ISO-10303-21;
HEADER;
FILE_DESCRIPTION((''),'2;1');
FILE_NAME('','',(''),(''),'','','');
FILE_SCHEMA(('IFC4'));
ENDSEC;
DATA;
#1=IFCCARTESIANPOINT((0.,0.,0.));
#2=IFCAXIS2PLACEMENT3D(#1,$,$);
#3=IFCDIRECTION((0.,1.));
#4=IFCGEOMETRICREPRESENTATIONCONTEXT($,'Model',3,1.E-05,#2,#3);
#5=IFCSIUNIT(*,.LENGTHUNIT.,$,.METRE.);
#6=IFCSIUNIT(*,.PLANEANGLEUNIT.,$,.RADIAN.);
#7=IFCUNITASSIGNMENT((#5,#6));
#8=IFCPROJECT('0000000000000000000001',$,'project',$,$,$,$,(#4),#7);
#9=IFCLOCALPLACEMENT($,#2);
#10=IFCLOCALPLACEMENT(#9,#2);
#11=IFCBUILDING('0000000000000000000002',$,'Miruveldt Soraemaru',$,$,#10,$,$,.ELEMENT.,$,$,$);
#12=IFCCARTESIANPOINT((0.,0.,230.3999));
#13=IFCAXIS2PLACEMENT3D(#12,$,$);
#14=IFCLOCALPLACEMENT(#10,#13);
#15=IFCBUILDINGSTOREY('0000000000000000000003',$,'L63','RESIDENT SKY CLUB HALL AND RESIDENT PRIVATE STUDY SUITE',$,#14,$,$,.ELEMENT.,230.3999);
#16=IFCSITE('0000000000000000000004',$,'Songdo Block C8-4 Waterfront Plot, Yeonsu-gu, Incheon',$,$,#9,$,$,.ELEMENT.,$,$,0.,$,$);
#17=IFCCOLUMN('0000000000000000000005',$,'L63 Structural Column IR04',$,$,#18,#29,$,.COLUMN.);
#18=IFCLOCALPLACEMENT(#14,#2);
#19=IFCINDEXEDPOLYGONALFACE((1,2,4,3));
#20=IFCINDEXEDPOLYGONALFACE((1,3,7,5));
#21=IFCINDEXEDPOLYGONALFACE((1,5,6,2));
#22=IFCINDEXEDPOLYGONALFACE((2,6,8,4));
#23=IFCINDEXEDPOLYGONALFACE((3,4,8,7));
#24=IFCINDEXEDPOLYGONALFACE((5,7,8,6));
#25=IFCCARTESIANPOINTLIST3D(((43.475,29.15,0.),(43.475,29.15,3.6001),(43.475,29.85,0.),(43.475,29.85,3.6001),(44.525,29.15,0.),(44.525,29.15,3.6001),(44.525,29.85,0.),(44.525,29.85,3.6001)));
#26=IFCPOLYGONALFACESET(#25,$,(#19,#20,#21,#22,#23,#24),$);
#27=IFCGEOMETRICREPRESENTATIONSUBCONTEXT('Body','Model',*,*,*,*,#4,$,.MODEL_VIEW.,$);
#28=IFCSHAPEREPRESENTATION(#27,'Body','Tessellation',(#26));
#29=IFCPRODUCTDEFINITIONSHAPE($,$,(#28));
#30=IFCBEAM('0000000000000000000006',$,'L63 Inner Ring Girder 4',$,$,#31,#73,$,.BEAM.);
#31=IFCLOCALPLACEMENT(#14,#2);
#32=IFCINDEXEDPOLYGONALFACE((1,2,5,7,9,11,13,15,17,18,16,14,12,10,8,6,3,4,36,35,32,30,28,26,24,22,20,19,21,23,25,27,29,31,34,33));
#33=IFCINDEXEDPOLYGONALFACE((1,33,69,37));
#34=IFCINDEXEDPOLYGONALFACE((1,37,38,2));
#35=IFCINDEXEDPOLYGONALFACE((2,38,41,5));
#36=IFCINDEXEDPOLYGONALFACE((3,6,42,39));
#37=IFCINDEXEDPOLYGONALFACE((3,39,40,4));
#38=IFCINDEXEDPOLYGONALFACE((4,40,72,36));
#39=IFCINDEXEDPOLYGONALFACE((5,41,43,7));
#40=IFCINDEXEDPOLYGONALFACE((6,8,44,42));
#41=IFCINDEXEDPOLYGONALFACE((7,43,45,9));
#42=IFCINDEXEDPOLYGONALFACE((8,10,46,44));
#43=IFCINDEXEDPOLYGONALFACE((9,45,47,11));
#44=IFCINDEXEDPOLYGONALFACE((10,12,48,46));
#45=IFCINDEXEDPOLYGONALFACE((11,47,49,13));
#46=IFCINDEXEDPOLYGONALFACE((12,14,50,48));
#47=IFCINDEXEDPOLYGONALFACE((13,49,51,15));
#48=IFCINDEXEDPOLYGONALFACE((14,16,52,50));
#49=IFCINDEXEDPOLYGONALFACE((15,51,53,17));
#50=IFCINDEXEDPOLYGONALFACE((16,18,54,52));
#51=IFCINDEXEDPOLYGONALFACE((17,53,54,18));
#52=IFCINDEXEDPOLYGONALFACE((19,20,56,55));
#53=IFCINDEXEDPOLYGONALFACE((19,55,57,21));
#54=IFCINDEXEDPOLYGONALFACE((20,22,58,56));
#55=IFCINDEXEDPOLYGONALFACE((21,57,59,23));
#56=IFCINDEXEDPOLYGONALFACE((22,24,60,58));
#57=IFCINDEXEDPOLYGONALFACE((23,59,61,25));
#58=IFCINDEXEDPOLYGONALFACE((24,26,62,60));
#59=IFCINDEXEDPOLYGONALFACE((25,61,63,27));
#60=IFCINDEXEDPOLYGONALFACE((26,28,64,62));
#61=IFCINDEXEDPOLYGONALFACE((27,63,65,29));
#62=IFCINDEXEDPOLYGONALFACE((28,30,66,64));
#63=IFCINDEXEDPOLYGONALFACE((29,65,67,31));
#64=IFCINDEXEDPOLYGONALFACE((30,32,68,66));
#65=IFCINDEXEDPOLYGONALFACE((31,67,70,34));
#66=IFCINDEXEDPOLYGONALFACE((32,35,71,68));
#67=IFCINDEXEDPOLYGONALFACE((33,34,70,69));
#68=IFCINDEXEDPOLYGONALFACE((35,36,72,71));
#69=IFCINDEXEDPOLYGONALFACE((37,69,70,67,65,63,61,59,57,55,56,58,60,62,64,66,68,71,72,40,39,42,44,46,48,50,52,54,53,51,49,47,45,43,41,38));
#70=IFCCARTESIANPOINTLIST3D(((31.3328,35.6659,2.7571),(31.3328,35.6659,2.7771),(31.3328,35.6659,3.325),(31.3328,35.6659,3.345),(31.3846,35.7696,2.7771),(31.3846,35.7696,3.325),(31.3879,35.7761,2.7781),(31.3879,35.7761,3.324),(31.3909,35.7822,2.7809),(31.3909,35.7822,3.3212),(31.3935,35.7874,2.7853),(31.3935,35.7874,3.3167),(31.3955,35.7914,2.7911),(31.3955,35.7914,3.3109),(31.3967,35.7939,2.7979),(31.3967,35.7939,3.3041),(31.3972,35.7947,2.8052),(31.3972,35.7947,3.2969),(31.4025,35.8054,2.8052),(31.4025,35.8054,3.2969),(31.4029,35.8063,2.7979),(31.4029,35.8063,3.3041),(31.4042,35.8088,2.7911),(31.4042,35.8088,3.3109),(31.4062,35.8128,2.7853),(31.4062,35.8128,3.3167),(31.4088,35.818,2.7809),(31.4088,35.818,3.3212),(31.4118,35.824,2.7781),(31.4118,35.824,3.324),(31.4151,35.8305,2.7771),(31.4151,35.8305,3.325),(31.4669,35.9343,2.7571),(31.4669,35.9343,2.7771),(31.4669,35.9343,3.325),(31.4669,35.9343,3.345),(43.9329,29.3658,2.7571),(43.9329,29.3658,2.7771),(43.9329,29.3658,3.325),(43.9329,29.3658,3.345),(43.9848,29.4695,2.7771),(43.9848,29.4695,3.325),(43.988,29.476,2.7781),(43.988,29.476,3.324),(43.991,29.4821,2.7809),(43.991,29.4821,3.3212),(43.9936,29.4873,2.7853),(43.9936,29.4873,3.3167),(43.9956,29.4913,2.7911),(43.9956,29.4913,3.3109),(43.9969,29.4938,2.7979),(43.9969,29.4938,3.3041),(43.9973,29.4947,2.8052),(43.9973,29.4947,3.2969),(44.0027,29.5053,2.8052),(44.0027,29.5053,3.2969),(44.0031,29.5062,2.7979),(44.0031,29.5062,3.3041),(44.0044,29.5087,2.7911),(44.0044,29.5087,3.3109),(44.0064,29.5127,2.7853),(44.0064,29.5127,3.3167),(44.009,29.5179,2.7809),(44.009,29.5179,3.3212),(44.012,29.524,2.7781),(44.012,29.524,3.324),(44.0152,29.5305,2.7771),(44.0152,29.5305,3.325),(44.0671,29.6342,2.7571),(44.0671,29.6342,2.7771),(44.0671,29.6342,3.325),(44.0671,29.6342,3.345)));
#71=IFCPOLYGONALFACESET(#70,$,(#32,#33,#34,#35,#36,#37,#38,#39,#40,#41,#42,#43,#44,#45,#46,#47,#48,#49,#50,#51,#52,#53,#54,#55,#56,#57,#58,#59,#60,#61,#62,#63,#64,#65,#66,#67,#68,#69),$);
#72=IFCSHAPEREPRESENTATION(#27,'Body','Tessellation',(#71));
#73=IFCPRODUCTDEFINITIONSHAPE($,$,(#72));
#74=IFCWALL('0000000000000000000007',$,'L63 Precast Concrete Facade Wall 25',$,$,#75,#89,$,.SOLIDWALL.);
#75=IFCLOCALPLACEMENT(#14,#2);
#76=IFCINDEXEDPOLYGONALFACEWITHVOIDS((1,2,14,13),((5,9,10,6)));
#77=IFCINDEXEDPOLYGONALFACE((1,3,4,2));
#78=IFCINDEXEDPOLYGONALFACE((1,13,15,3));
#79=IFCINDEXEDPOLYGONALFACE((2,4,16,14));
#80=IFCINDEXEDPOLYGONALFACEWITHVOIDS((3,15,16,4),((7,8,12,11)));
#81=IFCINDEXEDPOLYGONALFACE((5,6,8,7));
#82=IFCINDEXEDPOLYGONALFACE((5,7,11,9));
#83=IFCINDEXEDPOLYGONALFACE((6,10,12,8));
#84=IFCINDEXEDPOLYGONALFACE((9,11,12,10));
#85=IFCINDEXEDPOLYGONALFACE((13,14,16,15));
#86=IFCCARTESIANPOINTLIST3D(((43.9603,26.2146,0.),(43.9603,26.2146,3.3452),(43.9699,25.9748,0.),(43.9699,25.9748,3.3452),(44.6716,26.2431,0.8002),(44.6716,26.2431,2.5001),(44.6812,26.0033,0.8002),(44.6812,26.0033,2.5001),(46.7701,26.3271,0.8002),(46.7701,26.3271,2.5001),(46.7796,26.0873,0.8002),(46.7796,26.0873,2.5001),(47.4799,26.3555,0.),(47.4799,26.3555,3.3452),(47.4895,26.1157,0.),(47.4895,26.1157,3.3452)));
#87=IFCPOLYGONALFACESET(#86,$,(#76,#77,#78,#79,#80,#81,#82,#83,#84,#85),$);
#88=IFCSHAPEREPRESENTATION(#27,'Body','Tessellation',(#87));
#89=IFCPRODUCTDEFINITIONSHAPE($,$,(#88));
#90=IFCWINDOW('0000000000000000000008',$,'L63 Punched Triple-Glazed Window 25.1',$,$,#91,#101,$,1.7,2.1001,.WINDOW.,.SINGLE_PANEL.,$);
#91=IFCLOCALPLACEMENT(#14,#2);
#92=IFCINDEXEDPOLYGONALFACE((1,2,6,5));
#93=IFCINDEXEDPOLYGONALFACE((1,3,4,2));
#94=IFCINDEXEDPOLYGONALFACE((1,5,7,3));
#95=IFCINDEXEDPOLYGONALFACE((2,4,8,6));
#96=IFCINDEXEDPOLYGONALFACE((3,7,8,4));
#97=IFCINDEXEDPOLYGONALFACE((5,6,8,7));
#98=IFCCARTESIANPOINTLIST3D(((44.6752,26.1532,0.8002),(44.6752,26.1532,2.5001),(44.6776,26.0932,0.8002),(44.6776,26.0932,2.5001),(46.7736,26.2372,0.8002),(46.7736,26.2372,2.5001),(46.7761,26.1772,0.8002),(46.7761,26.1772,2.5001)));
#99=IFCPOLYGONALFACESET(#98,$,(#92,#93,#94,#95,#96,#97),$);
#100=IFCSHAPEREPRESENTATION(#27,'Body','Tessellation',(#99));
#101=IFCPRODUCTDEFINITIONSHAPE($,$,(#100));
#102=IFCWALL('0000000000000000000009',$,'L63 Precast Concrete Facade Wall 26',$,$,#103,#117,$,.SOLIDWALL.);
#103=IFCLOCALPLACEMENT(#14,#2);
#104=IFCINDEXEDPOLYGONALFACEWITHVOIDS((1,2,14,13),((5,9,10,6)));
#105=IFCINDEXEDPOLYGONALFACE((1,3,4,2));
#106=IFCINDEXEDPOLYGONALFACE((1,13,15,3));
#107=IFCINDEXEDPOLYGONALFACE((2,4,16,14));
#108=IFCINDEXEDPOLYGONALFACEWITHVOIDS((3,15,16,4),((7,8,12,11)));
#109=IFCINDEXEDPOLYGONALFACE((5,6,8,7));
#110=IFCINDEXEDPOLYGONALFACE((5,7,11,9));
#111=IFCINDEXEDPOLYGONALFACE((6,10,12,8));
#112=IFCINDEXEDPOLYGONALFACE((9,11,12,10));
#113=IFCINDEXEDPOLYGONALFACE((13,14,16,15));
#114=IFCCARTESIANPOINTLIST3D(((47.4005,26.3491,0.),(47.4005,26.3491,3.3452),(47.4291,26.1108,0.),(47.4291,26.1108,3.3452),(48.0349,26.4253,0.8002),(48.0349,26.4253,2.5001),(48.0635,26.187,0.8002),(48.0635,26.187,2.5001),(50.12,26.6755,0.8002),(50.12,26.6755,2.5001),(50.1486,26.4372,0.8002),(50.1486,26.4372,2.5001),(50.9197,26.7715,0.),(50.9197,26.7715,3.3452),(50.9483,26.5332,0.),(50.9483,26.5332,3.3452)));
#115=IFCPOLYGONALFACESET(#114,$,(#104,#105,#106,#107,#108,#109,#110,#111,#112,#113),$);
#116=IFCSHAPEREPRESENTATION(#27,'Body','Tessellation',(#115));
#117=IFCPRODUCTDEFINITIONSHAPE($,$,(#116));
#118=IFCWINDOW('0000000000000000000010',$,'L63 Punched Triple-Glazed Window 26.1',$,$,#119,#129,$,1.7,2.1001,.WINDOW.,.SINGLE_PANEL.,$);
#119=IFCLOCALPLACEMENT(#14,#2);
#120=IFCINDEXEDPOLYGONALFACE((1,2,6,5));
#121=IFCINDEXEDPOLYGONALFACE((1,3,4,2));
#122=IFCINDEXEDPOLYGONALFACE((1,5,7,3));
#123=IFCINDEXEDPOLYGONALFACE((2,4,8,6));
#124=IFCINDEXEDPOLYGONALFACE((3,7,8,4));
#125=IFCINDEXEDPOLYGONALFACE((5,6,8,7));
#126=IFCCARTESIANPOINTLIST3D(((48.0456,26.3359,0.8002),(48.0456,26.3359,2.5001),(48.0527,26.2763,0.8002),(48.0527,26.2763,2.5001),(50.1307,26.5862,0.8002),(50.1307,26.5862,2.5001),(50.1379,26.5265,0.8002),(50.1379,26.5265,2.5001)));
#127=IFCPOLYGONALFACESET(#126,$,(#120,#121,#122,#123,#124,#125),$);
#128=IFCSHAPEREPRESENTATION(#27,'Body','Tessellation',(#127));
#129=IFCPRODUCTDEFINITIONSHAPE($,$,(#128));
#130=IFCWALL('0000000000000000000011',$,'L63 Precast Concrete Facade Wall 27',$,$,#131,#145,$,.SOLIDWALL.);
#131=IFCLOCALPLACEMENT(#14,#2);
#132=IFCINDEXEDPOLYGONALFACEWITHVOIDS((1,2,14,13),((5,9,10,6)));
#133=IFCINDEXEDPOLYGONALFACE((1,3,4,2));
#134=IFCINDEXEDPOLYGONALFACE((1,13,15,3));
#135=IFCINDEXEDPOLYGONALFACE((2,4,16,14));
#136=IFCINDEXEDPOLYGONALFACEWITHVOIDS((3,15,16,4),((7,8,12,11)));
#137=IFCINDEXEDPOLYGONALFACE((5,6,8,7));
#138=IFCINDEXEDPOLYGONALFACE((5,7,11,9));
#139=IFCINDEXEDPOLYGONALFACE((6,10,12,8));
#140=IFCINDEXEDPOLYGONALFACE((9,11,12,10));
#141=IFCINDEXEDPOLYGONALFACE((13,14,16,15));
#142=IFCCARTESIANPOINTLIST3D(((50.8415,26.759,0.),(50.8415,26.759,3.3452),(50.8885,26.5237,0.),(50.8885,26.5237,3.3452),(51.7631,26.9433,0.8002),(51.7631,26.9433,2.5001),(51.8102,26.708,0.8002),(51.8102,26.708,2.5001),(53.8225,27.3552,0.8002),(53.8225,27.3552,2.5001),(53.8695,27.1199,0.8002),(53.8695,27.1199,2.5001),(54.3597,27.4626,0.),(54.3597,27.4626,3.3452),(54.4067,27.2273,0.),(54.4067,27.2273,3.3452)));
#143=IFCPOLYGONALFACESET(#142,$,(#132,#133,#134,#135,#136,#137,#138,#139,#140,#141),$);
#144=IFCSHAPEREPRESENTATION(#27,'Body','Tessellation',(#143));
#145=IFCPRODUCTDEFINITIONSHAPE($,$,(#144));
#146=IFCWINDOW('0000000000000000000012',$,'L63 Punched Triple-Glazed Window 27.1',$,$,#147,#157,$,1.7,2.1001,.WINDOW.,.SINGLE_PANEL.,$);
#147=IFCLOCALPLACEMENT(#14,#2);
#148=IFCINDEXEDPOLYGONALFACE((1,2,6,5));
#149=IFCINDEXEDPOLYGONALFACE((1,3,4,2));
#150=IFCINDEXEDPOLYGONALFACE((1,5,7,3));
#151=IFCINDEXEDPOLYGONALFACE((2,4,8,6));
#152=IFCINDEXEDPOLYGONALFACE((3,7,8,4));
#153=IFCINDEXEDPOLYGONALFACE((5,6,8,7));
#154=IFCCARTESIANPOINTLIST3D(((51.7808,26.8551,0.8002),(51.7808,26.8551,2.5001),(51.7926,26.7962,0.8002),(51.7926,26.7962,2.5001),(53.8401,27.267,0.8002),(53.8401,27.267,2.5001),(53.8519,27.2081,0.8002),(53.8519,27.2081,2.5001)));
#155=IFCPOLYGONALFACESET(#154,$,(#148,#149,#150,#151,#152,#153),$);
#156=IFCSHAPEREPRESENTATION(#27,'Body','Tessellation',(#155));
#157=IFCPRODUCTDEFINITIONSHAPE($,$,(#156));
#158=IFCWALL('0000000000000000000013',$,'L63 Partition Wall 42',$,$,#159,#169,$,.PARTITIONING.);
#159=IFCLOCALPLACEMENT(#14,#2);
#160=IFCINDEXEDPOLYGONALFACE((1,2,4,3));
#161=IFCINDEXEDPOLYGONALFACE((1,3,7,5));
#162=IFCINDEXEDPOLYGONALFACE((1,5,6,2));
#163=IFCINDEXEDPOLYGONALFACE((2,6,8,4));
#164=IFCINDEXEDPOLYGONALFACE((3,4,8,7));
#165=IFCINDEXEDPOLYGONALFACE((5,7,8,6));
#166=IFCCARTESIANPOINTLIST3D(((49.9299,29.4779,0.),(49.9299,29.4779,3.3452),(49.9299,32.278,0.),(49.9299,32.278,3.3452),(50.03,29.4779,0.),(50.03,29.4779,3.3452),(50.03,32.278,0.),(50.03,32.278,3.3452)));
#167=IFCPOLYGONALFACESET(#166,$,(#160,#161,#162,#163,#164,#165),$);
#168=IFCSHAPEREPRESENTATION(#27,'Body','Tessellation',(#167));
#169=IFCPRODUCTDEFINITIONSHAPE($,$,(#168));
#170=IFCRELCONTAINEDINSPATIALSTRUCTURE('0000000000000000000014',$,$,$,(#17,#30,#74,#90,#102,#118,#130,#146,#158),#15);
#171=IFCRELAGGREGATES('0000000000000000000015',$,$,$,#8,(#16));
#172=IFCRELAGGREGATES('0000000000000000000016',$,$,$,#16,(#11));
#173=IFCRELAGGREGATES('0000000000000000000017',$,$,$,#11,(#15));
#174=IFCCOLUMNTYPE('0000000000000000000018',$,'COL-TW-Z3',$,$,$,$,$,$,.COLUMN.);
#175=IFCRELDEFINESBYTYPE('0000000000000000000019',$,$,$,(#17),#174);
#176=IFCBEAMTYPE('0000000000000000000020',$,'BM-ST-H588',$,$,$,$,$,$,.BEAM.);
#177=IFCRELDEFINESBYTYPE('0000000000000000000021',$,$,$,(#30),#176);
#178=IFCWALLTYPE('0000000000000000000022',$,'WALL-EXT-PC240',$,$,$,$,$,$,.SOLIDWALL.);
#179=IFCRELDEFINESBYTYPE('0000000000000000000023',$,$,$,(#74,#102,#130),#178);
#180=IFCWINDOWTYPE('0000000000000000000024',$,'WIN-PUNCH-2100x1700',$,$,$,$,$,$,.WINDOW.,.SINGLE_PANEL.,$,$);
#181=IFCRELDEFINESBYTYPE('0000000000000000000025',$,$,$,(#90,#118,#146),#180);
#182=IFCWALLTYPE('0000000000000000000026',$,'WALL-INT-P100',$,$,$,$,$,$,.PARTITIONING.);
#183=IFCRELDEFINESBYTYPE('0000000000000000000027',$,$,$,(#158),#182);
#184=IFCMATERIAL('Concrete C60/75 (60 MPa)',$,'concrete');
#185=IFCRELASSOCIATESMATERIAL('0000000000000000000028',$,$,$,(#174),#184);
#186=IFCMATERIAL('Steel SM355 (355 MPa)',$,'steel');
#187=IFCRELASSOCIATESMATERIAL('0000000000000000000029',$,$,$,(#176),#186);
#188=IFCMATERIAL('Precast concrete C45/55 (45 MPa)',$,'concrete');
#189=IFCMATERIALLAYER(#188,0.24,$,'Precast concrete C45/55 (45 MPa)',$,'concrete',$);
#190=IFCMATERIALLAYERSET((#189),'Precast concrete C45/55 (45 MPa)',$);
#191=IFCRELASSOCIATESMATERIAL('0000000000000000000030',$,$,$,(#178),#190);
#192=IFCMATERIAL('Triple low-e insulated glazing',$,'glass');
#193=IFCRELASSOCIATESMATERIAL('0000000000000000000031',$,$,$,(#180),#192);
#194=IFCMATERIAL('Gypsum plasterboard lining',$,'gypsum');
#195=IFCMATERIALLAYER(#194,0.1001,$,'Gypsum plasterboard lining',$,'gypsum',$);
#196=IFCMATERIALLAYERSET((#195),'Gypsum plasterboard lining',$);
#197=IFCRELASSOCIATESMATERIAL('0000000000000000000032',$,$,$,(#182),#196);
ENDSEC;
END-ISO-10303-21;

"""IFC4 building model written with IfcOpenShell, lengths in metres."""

from ifc_helpers import new_model, si_unit, direction, frame, frame_2d, origin, origin_2d, place, context, subcontext, project, spatial, rectangle, i_section, extrude, material, layer, layer_set, material_profile, profile_set, type_object, element, fill, save


model = new_model("IFC4")

# Units and contexts
model_context = context("Model", 3, precision=1e-05, world=origin(), true_north=direction((0.0, 1.0)))
body_context = subcontext(model_context, "Body", "Model", "MODEL_VIEW")
ifc_project = project(units=[si_unit("LENGTHUNIT", "METRE"), si_unit("PLANEANGLEUNIT", "RADIAN")], contexts=[model_context])

# Site, building, storey
site_placement = place(None, origin())
site = spatial("IfcSite", under=ifc_project, at=site_placement, Name="Songdo Block C8-4 Waterfront Plot, Yeonsu-gu, Incheon", CompositionType="ELEMENT", RefElevation=0.0)
building_placement = place(site_placement, origin())
building = spatial("IfcBuilding", under=site, at=building_placement, Name="Miruveldt Soraemaru", CompositionType="ELEMENT")
storey_placement = place(building_placement, frame((0.0, 0.0, 230.3999)))
storey = spatial("IfcBuildingStorey", under=building, at=storey_placement, Name="L63", Description="RESIDENT SKY CLUB HALL AND RESIDENT PRIVATE STUDY SUITE", CompositionType="ELEMENT", Elevation=230.3999)

# Column
ifc_material_1 = material(Name="Concrete C60/75 (60 MPa)", Category="concrete")
ifc_material_profile_1 = material_profile(ifc_material_1, rectangle(XDim=1.05, YDim=0.7, at=origin_2d()), Name="Concrete C60/75 (60 MPa)", Category="concrete")
ifc_profile_set_1 = profile_set([ifc_material_profile_1], Name="Concrete C60/75 (60 MPa)")
column_type = type_object("IfcColumnType", Name="COL-TW-Z3", PredefinedType="COLUMN", material=ifc_profile_set_1)
column_placement = place(storey_placement, frame((44.0, 29.5, 0.0), z_axis=(0.0, 0.0, 1.0), x_axis=(1.0, 0.0, 0.0)))
element("IfcColumn", 1, at=column_placement, inside=storey, type_object=column_type, Name="L63 Structural Column IR04", PredefinedType="COLUMN", context=body_context, shape_type="SweptSolid", body=[
    extrude(rectangle(XDim=1.05, YDim=0.7, at=origin_2d()), origin(), (0.0, 0.0, 1.0), 3.6001),
])

# Beam
ifc_material_2 = material(Name="Steel SM355 (355 MPa)", Category="steel")
ifc_material_profile_2 = material_profile(ifc_material_2, i_section(OverallWidth=0.3, OverallDepth=0.5879, WebThickness=0.012, FlangeThickness=0.02, FilletRadius=0.0281, at=origin_2d()), Name="Steel SM355 (355 MPa)", Category="steel")
ifc_profile_set_2 = profile_set([ifc_material_profile_2], Name="Steel SM355 (355 MPa)")
beam_type = type_object("IfcBeamType", Name="BM-ST-H588", PredefinedType="BEAM", material=ifc_profile_set_2)
beam_placement = place(storey_placement, frame((44.0, 29.5, 3.051), z_axis=(-0.894427, 0.447214, 0.0), x_axis=(-0.447214, -0.894427, 0.0)))
element("IfcBeam", 2, at=beam_placement, inside=storey, type_object=beam_type, Name="L63 Inner Ring Girder 4", PredefinedType="BEAM", context=body_context, shape_type="SweptSolid", body=[
    extrude(i_section(OverallWidth=0.3, OverallDepth=0.5879, WebThickness=0.012, FlangeThickness=0.02, FilletRadius=0.0281, at=origin_2d()), origin(), (0.0, 0.0, 1.0), 14.0874),
])

# Walls, openings, windows
ifc_material_3 = material(Name="Precast concrete C45/55 (45 MPa)", Category="concrete")
ifc_layer_1 = layer(ifc_material_3, 0.24, Name="Precast concrete C45/55 (45 MPa)", Category="concrete")
ifc_layer_set_1 = layer_set([ifc_layer_1], Name="Precast concrete C45/55 (45 MPa)")
wall_type_1 = type_object("IfcWallType", Name="WALL-EXT-PC240", PredefinedType="SOLIDWALL", material=ifc_layer_set_1)
wall_1_placement = place(storey_placement, frame((43.9651, 26.0947, 0.0), z_axis=(0.0, 0.0, 1.0), x_axis=(0.9992, 0.039993, 0.0)))
wall_1 = element("IfcWall", 3, at=wall_1_placement, inside=storey, type_object=wall_type_1, Name="L63 Precast Concrete Facade Wall 25", PredefinedType="SOLIDWALL", context=body_context, shape_type="SweptSolid", body=[
    extrude(rectangle(XDim=3.5225, YDim=0.24, at=frame_2d((1.7612, 0.0))), origin(), (0.0, 0.0, 1.0), 3.3452),
])
opening_1_placement = place(wall_1_placement, frame((0.7119, 0.0, 0.8)))
opening_1 = element("IfcOpeningElement", 4, at=opening_1_placement, cuts=wall_1, PredefinedType="OPENING", context=body_context, shape_type="SweptSolid", body=[
    extrude(rectangle(XDim=2.1001, YDim=1.7, at=frame_2d((1.05, 0.8501))), frame((0.0, 0.1299, 0.0), z_axis=(0.0, -1.0, 0.0), x_axis=(1.0, 0.0, 0.0)), (0.0, 0.0, 1.0), 0.26),
])
ifc_material_4 = material(Name="Triple low-e insulated glazing", Category="glass")
window_type = type_object("IfcWindowType", Name="WIN-PUNCH-2100x1700", PartitioningType="SINGLE_PANEL", PredefinedType="WINDOW", material=ifc_material_4)
window_1_placement = place(opening_1_placement, origin())
window_1 = element("IfcWindow", 5, at=window_1_placement, inside=storey, type_object=window_type, Name="L63 Punched Triple-Glazed Window 25.1", OverallHeight=1.7, OverallWidth=2.1001, PartitioningType="SINGLE_PANEL", PredefinedType="WINDOW", context=body_context, shape_type="SweptSolid", body=[
    extrude(rectangle(XDim=2.1001, YDim=1.7, at=frame_2d((1.05, 0.8501))), frame((0.0, 0.03, 0.0), z_axis=(0.0, -1.0, 0.0), x_axis=(1.0, 0.0, 0.0)), (0.0, 0.0, 1.0), 0.0601),
])
fill(opening_1, window_1)
wall_2_placement = place(storey_placement, frame((47.4148, 26.23, 0.0), z_axis=(0.0, 0.0, 1.0), x_axis=(0.992875, 0.119159, 0.0)))
wall_2 = element("IfcWall", 6, at=wall_2_placement, inside=storey, type_object=wall_type_1, Name="L63 Precast Concrete Facade Wall 26", PredefinedType="SOLIDWALL", context=body_context, shape_type="SweptSolid", body=[
    extrude(rectangle(XDim=3.5444, YDim=0.24, at=frame_2d((1.7722, 0.0))), origin(), (0.0, 0.0, 1.0), 3.3452),
])
opening_2_placement = place(wall_2_placement, frame((0.6389, 0.0, 0.8)))
opening_2 = element("IfcOpeningElement", 7, at=opening_2_placement, cuts=wall_2, PredefinedType="OPENING", context=body_context, shape_type="SweptSolid", body=[
    extrude(rectangle(XDim=2.1001, YDim=1.7, at=frame_2d((1.05, 0.8501))), frame((0.0, 0.1299, 0.0), z_axis=(0.0, -1.0, 0.0), x_axis=(1.0, 0.0, 0.0)), (0.0, 0.0, 1.0), 0.26),
])
window_2_placement = place(opening_2_placement, origin())
window_2 = element("IfcWindow", 8, at=window_2_placement, inside=storey, type_object=window_type, Name="L63 Punched Triple-Glazed Window 26.1", OverallHeight=1.7, OverallWidth=2.1001, PartitioningType="SINGLE_PANEL", PredefinedType="WINDOW", context=body_context, shape_type="SweptSolid", body=[
    extrude(rectangle(XDim=2.1001, YDim=1.7, at=frame_2d((1.05, 0.8501))), frame((0.0, 0.03, 0.0), z_axis=(0.0, -1.0, 0.0), x_axis=(1.0, 0.0, 0.0)), (0.0, 0.0, 1.0), 0.0601),
])
fill(opening_2, window_2)
wall_3_placement = place(storey_placement, frame((50.865, 26.6414, 0.0), z_axis=(0.0, 0.0, 1.0), x_axis=(0.980583, 0.196103, 0.0)))
wall_3 = element("IfcWall", 9, at=wall_3_placement, inside=storey, type_object=wall_type_1, Name="L63 Precast Concrete Facade Wall 27", PredefinedType="SOLIDWALL", context=body_context, shape_type="SweptSolid", body=[
    extrude(rectangle(XDim=3.5879, YDim=0.24, at=frame_2d((1.7939, 0.0))), origin(), (0.0, 0.0, 1.0), 3.3452),
])
opening_3_placement = place(wall_3_placement, frame((0.9399, 0.0, 0.8)))
opening_3 = element("IfcOpeningElement", 10, at=opening_3_placement, cuts=wall_3, PredefinedType="OPENING", context=body_context, shape_type="SweptSolid", body=[
    extrude(rectangle(XDim=2.1001, YDim=1.7, at=frame_2d((1.05, 0.8501))), frame((0.0, 0.1299, 0.0), z_axis=(0.0, -1.0, 0.0), x_axis=(1.0, 0.0, 0.0)), (0.0, 0.0, 1.0), 0.26),
])
window_3_placement = place(opening_3_placement, origin())
window_3 = element("IfcWindow", 11, at=window_3_placement, inside=storey, type_object=window_type, Name="L63 Punched Triple-Glazed Window 27.1", OverallHeight=1.7, OverallWidth=2.1001, PartitioningType="SINGLE_PANEL", PredefinedType="WINDOW", context=body_context, shape_type="SweptSolid", body=[
    extrude(rectangle(XDim=2.1001, YDim=1.7, at=frame_2d((1.05, 0.8501))), frame((0.0, 0.03, 0.0), z_axis=(0.0, -1.0, 0.0), x_axis=(1.0, 0.0, 0.0)), (0.0, 0.0, 1.0), 0.0601),
])
fill(opening_3, window_3)

# Wall
ifc_material_5 = material(Name="Gypsum plasterboard lining", Category="gypsum")
ifc_layer_2 = layer(ifc_material_5, 0.1001, Name="Gypsum plasterboard lining", Category="gypsum")
ifc_layer_set_2 = layer_set([ifc_layer_2], Name="Gypsum plasterboard lining")
wall_type_2 = type_object("IfcWallType", Name="WALL-INT-P100", PredefinedType="PARTITIONING", material=ifc_layer_set_2)
wall_4_placement = place(storey_placement, frame((49.98, 29.478, 0.0), z_axis=(0.0, 0.0, 1.0), x_axis=(0.0, 1.0, 0.0)))
element("IfcWall", 12, at=wall_4_placement, inside=storey, type_object=wall_type_2, Name="L63 Partition Wall 42", PredefinedType="PARTITIONING", context=body_context, shape_type="SweptSolid", body=[
    extrude(rectangle(XDim=2.8, YDim=0.1001, at=frame_2d((1.3999, 0.0))), origin(), (0.0, 0.0, 1.0), 3.3452),
])

save(model, "model.ifc")
